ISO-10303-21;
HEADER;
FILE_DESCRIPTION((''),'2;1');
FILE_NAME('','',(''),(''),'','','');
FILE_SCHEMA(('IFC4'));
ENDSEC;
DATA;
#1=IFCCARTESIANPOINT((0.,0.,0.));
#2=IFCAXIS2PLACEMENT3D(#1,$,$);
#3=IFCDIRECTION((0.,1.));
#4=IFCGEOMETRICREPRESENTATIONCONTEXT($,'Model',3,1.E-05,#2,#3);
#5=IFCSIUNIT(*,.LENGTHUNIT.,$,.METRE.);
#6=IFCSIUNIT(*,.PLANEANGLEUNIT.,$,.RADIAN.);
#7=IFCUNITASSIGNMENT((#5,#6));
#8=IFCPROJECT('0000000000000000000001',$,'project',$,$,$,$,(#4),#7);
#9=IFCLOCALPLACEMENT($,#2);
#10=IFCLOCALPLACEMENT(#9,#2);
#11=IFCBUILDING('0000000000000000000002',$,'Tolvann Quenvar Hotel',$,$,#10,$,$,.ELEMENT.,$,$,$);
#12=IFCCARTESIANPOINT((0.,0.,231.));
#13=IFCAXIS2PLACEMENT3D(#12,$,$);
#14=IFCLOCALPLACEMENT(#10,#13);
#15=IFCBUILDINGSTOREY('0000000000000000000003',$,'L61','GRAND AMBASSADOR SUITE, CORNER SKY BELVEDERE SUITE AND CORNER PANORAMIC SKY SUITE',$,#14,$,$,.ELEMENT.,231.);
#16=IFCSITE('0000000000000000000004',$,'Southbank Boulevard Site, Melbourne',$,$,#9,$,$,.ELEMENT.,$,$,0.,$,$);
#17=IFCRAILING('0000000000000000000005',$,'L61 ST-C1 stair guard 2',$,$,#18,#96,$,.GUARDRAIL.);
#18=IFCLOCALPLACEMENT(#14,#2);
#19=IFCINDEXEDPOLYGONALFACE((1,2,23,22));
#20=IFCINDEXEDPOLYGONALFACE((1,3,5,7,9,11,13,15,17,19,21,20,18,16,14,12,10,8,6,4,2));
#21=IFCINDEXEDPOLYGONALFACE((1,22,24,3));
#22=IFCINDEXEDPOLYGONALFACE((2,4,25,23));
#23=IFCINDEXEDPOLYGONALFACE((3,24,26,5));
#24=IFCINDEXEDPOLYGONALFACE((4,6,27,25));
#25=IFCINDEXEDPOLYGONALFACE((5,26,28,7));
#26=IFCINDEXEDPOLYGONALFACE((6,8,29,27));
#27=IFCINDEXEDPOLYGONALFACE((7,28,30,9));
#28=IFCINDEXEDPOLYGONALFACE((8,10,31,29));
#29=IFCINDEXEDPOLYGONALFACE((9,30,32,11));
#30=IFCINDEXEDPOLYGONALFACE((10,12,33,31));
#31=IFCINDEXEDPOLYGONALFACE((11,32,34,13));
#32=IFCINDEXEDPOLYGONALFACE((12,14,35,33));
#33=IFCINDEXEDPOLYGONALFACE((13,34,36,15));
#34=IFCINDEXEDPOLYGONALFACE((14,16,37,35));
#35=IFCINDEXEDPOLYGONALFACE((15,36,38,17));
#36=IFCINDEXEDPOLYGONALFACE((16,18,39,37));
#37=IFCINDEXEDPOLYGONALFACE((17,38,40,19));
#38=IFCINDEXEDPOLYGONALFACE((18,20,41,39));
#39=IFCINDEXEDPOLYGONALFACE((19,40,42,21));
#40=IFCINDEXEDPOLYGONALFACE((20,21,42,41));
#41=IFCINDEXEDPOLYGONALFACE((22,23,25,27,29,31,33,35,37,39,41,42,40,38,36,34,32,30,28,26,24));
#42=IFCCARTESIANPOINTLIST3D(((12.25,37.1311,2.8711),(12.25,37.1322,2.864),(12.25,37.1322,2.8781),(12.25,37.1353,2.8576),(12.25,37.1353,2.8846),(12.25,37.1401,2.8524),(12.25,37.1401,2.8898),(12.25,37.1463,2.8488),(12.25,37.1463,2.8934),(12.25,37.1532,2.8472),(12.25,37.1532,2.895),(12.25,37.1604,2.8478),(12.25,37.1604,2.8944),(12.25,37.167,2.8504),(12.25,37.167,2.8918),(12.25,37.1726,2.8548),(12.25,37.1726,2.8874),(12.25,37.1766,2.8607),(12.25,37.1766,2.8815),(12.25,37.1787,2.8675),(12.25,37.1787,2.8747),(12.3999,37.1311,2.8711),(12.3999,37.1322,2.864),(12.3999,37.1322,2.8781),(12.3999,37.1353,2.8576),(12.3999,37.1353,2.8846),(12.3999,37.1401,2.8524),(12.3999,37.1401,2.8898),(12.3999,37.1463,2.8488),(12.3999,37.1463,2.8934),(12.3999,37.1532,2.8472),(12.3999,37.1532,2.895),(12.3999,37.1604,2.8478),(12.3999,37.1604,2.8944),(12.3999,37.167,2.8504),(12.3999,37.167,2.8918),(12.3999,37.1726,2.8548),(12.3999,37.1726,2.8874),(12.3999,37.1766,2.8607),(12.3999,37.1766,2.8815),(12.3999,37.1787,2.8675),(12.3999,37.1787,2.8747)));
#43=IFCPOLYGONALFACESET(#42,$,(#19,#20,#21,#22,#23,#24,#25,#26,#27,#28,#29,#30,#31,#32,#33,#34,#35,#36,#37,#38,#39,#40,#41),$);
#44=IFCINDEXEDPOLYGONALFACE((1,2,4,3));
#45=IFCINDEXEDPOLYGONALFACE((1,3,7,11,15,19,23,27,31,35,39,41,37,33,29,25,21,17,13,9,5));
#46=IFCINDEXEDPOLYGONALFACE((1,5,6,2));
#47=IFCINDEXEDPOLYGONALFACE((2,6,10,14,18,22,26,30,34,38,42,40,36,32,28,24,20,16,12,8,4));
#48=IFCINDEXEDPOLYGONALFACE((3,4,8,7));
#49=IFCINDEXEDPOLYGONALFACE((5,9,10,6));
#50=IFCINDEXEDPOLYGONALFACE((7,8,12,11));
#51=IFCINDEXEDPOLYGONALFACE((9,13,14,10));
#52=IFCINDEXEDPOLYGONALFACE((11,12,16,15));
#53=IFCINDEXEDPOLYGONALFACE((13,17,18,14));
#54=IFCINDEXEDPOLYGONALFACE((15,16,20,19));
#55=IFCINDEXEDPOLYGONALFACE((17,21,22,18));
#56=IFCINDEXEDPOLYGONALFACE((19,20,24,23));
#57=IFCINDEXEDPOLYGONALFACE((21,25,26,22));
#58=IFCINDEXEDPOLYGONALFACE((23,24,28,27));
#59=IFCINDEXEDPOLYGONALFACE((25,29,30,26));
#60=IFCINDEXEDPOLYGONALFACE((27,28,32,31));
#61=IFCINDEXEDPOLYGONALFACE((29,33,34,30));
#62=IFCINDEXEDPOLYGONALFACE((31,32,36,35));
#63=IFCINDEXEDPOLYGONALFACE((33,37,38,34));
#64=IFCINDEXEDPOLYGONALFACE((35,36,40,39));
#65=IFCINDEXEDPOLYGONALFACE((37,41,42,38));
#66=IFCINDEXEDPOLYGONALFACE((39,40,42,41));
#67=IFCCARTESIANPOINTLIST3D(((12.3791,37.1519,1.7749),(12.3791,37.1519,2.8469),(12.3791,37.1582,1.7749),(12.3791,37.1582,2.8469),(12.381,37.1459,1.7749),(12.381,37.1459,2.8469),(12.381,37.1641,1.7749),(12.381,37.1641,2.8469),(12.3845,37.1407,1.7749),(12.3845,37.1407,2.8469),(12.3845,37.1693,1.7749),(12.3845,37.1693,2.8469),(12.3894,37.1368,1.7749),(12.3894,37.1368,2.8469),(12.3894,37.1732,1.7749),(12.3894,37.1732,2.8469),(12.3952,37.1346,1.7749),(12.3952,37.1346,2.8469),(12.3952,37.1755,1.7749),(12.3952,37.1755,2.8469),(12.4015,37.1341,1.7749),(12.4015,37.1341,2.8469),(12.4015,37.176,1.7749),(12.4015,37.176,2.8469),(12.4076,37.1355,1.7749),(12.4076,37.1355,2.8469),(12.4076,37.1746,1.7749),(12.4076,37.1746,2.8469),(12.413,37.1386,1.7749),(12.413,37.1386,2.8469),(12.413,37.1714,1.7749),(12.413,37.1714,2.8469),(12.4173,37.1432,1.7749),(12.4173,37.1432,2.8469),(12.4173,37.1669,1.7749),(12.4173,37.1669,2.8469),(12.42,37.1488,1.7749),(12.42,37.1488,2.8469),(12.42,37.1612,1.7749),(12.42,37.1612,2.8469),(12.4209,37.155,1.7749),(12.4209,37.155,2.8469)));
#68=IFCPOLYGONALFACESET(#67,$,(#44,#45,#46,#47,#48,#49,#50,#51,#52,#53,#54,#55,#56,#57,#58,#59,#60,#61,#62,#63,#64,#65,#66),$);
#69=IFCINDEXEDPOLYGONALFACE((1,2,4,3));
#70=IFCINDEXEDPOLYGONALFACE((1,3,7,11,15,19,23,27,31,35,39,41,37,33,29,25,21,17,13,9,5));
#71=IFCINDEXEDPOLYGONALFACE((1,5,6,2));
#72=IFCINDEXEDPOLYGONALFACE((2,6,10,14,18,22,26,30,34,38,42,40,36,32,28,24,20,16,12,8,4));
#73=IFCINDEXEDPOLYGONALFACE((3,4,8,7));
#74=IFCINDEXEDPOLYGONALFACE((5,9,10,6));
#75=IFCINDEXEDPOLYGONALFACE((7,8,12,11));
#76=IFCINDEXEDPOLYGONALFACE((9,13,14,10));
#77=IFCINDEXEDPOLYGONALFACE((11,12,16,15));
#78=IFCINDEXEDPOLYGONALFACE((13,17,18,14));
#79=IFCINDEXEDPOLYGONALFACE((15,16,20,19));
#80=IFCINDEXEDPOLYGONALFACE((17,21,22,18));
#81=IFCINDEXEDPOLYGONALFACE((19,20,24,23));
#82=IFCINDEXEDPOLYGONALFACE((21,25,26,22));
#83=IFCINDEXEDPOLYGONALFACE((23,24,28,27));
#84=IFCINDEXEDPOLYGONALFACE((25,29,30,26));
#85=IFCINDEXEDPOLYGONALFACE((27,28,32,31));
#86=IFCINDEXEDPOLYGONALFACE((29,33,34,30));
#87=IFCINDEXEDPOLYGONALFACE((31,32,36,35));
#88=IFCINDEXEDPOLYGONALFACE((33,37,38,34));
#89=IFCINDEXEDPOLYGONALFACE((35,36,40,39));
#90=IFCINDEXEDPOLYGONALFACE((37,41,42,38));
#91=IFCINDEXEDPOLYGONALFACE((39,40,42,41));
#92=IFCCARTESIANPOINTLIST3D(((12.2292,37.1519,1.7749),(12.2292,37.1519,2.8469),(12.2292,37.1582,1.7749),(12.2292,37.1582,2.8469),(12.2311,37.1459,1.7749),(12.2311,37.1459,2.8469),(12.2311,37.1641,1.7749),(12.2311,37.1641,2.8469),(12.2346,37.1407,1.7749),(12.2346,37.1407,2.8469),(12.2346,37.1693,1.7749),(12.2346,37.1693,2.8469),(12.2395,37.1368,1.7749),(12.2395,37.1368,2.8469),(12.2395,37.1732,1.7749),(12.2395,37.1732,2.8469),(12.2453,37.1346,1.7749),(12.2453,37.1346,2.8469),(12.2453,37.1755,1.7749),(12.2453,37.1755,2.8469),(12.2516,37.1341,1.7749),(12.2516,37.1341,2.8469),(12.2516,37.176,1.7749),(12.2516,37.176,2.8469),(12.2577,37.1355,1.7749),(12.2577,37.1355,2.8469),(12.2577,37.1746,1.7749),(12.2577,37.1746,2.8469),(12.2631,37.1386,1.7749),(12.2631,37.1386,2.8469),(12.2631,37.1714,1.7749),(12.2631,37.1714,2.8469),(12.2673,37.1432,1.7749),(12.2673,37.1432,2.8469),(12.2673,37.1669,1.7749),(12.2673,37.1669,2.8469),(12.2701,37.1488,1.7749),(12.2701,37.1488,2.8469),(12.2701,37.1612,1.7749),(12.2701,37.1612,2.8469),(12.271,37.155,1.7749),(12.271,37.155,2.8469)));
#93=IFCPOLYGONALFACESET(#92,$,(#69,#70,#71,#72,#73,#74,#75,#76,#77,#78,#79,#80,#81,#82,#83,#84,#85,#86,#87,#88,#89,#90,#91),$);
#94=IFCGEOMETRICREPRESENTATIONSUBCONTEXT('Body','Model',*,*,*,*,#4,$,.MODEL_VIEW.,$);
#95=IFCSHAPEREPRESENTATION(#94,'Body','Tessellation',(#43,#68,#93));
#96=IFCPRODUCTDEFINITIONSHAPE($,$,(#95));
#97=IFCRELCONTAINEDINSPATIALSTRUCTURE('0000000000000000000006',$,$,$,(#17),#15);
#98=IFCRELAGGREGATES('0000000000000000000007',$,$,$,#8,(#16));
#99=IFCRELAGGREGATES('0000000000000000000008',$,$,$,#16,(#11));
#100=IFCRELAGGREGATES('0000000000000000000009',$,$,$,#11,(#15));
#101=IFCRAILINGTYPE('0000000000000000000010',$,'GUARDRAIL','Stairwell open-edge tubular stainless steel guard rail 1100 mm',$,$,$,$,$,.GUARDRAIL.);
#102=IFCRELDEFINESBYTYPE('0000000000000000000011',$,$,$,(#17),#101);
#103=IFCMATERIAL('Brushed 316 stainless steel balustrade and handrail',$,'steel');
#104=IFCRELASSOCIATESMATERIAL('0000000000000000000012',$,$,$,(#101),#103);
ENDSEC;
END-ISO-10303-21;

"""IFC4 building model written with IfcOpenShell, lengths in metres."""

from ifc_helpers import new_model, si_unit, direction, frame, origin, origin_2d, place, context, subcontext, project, spatial, circle, extrude, material, type_object, element, save


model = new_model("IFC4")

# Units and contexts
model_context = context("Model", 3, precision=1e-05, world=origin(), true_north=direction((0.0, 1.0)))
body_context = subcontext(model_context, "Body", "Model", "MODEL_VIEW")
ifc_project = project(units=[si_unit("LENGTHUNIT", "METRE"), si_unit("PLANEANGLEUNIT", "RADIAN")], contexts=[model_context])

# Site, building, storey
site_placement = place(None, origin())
site = spatial("IfcSite", under=ifc_project, at=site_placement, Name="Southbank Boulevard Site, Melbourne", CompositionType="ELEMENT", RefElevation=0.0)
building_placement = place(site_placement, origin())
building = spatial("IfcBuilding", under=site, at=building_placement, Name="Tolvann Quenvar Hotel", CompositionType="ELEMENT")
storey_placement = place(building_placement, frame((0.0, 0.0, 231.0)))
storey = spatial("IfcBuildingStorey", under=building, at=storey_placement, Name="L61", Description="GRAND AMBASSADOR SUITE, CORNER SKY BELVEDERE SUITE AND CORNER PANORAMIC SKY SUITE", CompositionType="ELEMENT", Elevation=231.0)

# Railing
ifc_material_1 = material(Name="Brushed 316 stainless steel balustrade and handrail", Category="steel")
railing_type_1 = type_object("IfcRailingType", Name="GUARDRAIL", Description="Stairwell open-edge tubular stainless steel guard rail 1100 mm", PredefinedType="GUARDRAIL", material=ifc_material_1)
railing_1_placement = place(storey_placement, frame((12.3999, 37.155, 1.7749)))
element("IfcRailing", 1, at=railing_1_placement, inside=storey, type_object=railing_type_1, Name="L61 ST-C1 stair guard 2", PredefinedType="GUARDRAIL", context=body_context, shape_type="SweptSolid", body=[
    extrude(circle(Radius=0.0239, at=origin_2d()), frame((0.0, 0.0, 1.0962), z_axis=(-1.0, 0.0, 0.0), x_axis=(0.0, -1.0, 0.0)), (0.0, 0.0, 1.0), 0.1499),
    extrude(circle(Radius=0.021, at=origin_2d()), origin(), (0.0, 0.0, 1.0), 1.072),
    extrude(circle(Radius=0.021, at=origin_2d()), frame((-0.1499, 0.0, 0.0)), (0.0, 0.0, 1.0), 1.072),
])

save(model, "model.ifc")
